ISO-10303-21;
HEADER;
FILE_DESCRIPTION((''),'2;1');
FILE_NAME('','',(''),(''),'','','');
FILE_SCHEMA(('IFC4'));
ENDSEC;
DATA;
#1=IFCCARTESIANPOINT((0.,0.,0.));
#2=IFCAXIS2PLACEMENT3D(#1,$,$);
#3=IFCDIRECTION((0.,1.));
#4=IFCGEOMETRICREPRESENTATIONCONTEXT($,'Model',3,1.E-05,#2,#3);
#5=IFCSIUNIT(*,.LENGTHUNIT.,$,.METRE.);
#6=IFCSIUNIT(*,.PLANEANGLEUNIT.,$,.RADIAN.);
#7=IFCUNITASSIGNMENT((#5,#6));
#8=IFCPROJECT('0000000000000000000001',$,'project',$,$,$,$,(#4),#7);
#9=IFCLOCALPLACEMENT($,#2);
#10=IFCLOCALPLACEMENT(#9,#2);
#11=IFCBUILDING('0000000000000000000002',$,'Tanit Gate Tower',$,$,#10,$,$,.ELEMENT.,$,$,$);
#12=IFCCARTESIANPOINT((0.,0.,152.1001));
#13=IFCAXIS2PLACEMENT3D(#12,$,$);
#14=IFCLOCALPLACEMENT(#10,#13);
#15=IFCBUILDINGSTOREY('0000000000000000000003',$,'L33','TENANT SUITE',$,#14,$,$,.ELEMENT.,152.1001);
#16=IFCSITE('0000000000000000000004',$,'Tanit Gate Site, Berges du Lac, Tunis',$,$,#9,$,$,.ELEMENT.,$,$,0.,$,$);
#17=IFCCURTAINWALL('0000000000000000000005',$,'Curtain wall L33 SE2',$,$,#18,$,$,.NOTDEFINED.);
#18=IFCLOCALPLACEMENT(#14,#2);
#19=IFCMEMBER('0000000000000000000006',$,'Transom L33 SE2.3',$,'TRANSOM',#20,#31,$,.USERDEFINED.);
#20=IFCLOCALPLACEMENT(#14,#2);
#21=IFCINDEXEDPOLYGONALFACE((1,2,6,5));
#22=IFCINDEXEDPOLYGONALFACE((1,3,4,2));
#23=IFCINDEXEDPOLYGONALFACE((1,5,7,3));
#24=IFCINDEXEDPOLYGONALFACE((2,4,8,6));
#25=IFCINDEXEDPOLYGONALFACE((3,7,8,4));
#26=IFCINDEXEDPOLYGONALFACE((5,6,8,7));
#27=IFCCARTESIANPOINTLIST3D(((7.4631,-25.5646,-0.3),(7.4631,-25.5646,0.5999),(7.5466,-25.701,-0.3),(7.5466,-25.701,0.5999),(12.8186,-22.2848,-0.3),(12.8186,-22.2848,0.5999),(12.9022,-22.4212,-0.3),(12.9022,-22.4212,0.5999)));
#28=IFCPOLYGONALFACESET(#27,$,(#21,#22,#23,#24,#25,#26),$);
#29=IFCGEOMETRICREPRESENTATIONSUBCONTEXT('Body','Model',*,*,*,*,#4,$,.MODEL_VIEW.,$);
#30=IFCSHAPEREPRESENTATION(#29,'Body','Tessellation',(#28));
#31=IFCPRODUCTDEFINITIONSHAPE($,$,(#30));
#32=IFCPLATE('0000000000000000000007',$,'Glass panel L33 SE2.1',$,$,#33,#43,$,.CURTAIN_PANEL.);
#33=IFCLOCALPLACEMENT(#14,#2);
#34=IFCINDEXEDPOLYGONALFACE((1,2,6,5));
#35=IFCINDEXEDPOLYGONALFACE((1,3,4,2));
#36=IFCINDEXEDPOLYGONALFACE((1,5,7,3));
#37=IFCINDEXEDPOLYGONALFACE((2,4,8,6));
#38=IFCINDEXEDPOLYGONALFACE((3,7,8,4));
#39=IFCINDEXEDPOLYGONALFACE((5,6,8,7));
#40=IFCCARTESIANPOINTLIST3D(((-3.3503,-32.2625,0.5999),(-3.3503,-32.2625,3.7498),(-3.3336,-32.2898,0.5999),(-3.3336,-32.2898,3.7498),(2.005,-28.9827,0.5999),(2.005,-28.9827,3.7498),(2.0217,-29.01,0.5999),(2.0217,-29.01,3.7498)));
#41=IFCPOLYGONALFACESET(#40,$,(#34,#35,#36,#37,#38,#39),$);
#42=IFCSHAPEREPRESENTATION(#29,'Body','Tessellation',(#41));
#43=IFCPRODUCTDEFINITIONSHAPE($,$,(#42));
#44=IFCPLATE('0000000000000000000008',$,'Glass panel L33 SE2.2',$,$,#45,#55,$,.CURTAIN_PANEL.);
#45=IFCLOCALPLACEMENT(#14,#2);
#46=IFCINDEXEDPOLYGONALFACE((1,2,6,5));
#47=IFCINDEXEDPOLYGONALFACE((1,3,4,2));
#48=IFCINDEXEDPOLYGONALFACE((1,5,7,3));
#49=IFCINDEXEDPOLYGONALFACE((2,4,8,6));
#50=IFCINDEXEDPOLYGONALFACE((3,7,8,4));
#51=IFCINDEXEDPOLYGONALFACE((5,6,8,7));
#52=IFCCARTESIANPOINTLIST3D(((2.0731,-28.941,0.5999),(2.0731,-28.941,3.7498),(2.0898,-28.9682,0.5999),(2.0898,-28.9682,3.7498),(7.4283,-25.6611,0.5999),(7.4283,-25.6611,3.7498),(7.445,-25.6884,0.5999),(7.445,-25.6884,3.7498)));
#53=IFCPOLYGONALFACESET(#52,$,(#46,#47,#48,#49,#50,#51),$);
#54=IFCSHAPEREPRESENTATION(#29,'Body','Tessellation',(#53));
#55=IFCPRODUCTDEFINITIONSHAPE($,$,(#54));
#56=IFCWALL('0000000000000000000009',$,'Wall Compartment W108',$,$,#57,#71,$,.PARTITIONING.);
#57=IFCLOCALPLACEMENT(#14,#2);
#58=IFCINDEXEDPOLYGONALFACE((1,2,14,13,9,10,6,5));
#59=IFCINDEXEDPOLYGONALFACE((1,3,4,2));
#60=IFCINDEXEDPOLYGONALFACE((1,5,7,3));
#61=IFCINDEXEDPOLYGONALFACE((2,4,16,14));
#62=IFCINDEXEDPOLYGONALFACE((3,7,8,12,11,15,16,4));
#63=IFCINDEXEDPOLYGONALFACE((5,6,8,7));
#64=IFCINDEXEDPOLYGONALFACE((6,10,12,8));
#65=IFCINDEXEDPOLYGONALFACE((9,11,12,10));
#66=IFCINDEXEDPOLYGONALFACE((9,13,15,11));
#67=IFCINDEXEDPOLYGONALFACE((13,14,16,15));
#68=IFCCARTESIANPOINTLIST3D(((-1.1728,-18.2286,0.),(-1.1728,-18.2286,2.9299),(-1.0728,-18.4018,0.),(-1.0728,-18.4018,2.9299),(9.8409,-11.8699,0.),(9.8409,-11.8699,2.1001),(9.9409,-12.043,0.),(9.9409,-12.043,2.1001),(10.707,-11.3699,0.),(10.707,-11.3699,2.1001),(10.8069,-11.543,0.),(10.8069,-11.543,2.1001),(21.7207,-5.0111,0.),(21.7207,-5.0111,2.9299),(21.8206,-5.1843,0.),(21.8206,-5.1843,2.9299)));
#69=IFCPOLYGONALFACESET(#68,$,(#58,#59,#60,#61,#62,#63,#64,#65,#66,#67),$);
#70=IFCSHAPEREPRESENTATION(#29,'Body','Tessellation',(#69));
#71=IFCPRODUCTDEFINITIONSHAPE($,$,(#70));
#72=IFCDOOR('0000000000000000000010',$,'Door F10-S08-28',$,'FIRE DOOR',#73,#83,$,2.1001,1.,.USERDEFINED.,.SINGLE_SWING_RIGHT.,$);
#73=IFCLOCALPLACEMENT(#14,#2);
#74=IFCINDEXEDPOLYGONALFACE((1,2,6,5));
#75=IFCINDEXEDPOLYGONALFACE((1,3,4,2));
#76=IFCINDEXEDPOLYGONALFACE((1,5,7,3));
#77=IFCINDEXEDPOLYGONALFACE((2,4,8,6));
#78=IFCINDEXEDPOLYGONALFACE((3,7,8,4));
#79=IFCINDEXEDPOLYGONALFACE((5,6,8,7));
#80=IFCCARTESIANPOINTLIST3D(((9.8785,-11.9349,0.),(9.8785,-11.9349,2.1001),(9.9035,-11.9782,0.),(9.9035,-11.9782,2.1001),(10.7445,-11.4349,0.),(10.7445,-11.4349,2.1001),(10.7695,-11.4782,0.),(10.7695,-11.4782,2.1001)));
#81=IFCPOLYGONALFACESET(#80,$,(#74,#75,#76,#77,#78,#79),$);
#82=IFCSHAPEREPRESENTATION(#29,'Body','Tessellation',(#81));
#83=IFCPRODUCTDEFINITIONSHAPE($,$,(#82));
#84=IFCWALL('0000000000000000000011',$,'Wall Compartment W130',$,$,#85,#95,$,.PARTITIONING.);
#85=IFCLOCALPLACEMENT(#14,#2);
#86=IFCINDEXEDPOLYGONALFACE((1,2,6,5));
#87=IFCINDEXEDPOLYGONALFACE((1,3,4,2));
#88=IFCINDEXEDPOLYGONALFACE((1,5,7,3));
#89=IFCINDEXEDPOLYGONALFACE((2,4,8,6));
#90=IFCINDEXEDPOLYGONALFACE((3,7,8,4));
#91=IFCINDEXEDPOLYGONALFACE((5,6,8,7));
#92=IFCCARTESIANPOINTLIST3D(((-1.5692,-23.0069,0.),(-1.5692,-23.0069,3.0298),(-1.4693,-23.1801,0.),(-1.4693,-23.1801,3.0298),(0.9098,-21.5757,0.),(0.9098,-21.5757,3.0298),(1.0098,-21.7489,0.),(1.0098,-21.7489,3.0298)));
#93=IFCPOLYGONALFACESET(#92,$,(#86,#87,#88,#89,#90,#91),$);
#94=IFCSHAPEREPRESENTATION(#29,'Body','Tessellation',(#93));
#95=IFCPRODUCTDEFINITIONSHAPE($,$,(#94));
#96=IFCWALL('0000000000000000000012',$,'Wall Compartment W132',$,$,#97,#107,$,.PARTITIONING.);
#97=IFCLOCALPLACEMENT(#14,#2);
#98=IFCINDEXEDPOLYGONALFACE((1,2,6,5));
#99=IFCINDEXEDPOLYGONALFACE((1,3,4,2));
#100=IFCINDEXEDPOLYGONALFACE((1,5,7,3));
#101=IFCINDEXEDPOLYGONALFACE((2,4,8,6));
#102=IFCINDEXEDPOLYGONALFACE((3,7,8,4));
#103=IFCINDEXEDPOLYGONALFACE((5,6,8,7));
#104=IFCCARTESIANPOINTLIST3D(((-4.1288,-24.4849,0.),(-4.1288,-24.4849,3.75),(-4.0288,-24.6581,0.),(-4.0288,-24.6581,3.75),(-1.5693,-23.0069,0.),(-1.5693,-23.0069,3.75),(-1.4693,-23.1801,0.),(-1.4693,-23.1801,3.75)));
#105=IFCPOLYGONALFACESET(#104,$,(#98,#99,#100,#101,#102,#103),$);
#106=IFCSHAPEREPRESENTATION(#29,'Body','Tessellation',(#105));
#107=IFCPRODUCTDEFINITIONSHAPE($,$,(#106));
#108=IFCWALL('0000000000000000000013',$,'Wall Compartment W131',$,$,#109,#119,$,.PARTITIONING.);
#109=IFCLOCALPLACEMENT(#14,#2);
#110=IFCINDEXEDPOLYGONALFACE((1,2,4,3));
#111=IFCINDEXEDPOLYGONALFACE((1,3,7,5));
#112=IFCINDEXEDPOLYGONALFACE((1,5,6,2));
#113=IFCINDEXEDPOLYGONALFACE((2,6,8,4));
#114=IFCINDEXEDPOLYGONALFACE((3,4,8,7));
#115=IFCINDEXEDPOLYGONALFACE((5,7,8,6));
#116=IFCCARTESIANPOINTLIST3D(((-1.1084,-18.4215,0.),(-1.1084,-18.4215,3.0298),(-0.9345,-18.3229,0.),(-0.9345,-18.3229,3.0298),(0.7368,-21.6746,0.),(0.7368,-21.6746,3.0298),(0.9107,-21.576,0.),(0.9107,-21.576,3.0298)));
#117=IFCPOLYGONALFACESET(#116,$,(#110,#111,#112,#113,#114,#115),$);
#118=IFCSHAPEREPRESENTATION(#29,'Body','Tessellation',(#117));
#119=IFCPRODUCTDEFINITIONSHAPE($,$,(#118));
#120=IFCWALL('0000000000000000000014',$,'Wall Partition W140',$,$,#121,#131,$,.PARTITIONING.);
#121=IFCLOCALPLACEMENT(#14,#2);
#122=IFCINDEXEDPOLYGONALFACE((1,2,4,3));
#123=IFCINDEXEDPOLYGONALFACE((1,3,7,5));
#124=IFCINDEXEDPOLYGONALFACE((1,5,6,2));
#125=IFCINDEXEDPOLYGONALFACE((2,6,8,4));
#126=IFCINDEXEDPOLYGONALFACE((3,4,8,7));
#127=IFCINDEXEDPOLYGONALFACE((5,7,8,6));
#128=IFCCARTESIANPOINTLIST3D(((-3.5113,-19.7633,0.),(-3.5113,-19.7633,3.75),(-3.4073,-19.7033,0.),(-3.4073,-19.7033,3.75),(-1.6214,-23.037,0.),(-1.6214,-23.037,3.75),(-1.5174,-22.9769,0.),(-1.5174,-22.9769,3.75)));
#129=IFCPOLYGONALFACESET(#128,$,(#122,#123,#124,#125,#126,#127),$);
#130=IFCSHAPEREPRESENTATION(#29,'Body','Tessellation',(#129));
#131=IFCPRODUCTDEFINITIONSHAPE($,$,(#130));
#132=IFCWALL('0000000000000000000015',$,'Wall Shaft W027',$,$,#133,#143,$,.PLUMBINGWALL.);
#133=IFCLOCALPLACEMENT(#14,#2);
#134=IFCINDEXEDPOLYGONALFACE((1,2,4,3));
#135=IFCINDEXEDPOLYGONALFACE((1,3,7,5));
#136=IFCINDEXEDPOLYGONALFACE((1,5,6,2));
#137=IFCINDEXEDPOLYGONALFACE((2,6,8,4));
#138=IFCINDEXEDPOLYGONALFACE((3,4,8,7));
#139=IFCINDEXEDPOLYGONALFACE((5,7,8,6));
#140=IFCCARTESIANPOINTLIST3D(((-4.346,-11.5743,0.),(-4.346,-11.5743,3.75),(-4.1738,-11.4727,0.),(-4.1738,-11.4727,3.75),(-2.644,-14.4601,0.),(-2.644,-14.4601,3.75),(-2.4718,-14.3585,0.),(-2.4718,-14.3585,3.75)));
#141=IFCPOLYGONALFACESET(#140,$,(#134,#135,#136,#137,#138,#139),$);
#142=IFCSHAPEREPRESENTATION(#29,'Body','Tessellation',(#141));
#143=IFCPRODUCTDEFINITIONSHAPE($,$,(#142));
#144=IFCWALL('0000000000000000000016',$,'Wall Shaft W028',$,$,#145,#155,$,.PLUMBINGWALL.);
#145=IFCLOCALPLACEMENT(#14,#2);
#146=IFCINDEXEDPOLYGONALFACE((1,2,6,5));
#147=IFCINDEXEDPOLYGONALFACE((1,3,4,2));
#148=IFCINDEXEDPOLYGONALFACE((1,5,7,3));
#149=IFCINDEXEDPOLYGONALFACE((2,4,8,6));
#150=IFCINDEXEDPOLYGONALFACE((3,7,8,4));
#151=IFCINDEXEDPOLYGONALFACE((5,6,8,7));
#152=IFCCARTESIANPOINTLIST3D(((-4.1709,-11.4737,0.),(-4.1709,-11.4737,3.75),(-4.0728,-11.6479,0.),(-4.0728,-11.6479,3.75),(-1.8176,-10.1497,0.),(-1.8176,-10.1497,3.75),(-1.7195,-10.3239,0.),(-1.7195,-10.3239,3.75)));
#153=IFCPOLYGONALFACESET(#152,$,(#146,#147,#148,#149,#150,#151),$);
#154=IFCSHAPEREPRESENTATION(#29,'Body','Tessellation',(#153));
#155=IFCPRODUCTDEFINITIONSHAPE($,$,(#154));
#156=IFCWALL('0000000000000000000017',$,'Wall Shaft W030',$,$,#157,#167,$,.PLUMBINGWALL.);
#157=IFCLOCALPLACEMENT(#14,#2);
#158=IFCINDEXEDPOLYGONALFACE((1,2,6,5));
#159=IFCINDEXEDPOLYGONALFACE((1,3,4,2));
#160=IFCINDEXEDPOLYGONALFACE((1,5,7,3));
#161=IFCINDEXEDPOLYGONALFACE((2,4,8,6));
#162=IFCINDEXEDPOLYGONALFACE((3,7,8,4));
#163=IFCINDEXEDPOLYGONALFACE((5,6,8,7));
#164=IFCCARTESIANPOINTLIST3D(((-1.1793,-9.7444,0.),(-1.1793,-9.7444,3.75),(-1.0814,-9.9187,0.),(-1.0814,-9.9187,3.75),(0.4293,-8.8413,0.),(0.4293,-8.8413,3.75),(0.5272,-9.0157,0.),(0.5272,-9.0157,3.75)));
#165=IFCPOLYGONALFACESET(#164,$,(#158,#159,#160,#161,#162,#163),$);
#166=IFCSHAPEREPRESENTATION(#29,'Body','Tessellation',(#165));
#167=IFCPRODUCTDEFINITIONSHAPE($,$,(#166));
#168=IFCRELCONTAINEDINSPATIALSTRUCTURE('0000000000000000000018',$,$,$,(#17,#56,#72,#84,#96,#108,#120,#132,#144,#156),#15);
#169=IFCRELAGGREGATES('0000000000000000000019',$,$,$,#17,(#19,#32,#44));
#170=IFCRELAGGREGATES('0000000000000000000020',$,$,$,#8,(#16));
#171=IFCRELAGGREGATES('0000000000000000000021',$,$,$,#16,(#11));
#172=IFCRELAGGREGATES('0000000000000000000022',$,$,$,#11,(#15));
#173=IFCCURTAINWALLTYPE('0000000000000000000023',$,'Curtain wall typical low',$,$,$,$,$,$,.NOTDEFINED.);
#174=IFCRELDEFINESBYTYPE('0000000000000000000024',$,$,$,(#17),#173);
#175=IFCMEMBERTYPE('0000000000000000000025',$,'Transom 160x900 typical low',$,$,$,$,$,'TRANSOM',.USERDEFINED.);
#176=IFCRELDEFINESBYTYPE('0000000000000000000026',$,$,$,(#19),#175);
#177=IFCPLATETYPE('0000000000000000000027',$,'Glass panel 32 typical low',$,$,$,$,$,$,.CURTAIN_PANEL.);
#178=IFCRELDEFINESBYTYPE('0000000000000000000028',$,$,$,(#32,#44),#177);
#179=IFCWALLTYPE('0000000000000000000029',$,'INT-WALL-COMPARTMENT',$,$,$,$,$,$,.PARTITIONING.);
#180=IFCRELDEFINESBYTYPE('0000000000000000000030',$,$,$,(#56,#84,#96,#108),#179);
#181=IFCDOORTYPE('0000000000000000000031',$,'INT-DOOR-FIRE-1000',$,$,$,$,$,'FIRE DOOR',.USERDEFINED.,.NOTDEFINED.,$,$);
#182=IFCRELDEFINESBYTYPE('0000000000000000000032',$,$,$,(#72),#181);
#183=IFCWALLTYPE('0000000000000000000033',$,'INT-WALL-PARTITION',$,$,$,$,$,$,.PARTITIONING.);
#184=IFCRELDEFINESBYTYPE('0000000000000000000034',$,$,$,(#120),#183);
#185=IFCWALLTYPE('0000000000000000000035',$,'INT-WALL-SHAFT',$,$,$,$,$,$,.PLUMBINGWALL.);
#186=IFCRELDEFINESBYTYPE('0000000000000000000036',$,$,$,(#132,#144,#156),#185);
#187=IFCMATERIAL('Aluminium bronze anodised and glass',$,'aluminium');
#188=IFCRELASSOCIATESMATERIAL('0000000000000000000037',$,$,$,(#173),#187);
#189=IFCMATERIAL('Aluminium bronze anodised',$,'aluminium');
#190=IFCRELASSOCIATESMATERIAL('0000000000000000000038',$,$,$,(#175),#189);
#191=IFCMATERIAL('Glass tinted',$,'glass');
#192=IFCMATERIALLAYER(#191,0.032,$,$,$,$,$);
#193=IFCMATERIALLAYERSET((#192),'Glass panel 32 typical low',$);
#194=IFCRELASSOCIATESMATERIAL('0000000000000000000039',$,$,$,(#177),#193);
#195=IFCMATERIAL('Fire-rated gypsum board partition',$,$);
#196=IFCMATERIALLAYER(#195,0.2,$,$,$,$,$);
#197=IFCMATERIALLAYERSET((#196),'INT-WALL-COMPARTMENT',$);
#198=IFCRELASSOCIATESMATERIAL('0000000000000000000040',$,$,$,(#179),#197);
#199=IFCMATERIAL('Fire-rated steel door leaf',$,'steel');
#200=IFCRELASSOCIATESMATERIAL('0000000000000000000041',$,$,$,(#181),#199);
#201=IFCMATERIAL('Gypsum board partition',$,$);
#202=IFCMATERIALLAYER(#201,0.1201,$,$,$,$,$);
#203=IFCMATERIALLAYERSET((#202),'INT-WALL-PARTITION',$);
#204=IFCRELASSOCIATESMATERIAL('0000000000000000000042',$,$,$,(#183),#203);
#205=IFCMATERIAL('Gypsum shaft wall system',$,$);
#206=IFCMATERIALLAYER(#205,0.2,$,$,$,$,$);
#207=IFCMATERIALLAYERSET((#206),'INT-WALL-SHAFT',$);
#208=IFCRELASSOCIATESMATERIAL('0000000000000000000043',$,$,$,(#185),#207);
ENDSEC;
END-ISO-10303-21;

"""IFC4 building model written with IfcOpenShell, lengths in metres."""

from ifc_helpers import new_model, si_unit, direction, frame, frame_2d, origin, origin_2d, place, context, subcontext, project, spatial, rectangle, extrude, material, layer, layer_set, material_profile, profile_set, type_object, element, fill, aggregate, save


model = new_model("IFC4")

# Units and contexts
model_context = context("Model", 3, precision=1e-05, world=origin(), true_north=direction((0.0, 1.0)))
body_context = subcontext(model_context, "Body", "Model", "MODEL_VIEW")
ifc_project = project(units=[si_unit("LENGTHUNIT", "METRE"), si_unit("PLANEANGLEUNIT", "RADIAN")], contexts=[model_context])

# Site, building, storey
site_placement = place(None, origin())
site = spatial("IfcSite", under=ifc_project, at=site_placement, Name="Tanit Gate Site, Berges du Lac, Tunis", CompositionType="ELEMENT", RefElevation=0.0)
building_placement = place(site_placement, origin())
building = spatial("IfcBuilding", under=site, at=building_placement, Name="Tanit Gate Tower", CompositionType="ELEMENT")
storey_placement = place(building_placement, frame((0.0, 0.0, 152.1001)))
storey = spatial("IfcBuildingStorey", under=building, at=storey_placement, Name="L33", Description="TENANT SUITE", CompositionType="ELEMENT", Elevation=152.1001)

# Curtain wall
ifc_material_1 = material(Name="Aluminium bronze anodised and glass", Category="aluminium")
curtain_wall_type = type_object("IfcCurtainWallType", Name="Curtain wall typical low", PredefinedType="NOTDEFINED", material=ifc_material_1)
curtain_wall_placement = place(storey_placement, origin())
curtain_wall = element("IfcCurtainWall", 1, at=curtain_wall_placement, inside=storey, type_object=curtain_wall_type, Name="Curtain wall L33 SE2", PredefinedType="NOTDEFINED")

# Member
ifc_material_2 = material(Name="Aluminium bronze anodised", Category="aluminium")
ifc_material_profile_1 = material_profile(ifc_material_2, rectangle(XDim=0.1599, YDim=0.8999, at=origin_2d()), Name="160x900 bronze transom")
ifc_profile_set_1 = profile_set([ifc_material_profile_1], Name="Aluminium bronze anodised")
member_type_1 = type_object("IfcMemberType", Name="Transom 160x900 typical low", ElementType="TRANSOM", PredefinedType="USERDEFINED", material=ifc_profile_set_1)
member_1_placement = place(storey_placement, frame((7.5049, -25.6328, 0.1499), z_axis=(0.852786, 0.522261, 0.0), x_axis=(-0.522261, 0.852786, 0.0)))
member_1 = element("IfcMember", 2, at=member_1_placement, type_object=member_type_1, Name="Transom L33 SE2.3", ObjectType="TRANSOM", PredefinedType="USERDEFINED", context=body_context, shape_type="SweptSolid", body=[
    extrude(rectangle(XDim=0.1599, YDim=0.8999, at=origin_2d()), origin(), (0.0, 0.0, 1.0), 6.28),
])

# Plates
ifc_material_3 = material(Name="Glass tinted", Category="glass")
ifc_layer_1 = layer(ifc_material_3, 0.032)
ifc_layer_set_1 = layer_set([ifc_layer_1], Name="Glass panel 32 typical low")
plate_type = type_object("IfcPlateType", Name="Glass panel 32 typical low", PredefinedType="CURTAIN_PANEL", material=ifc_layer_set_1)
plate_1_placement = place(storey_placement, frame((-0.6643, -30.6362, 0.5999), z_axis=(0.0, 0.0, 1.0), x_axis=(0.852772, 0.522283, 0.0)))
plate_1 = element("IfcPlate", 3, at=plate_1_placement, type_object=plate_type, Name="Glass panel L33 SE2.1", PredefinedType="CURTAIN_PANEL", context=body_context, shape_type="SweptSolid", body=[
    extrude(rectangle(XDim=6.2798, YDim=0.032, at=origin_2d()), origin(), (0.0, 0.0, 1.0), 3.1499),
])
plate_2_placement = place(storey_placement, frame((4.759, -27.3147, 0.5999), z_axis=(0.0, 0.0, 1.0), x_axis=(0.852772, 0.522283, 0.0)))
plate_2 = element("IfcPlate", 4, at=plate_2_placement, type_object=plate_type, Name="Glass panel L33 SE2.2", PredefinedType="CURTAIN_PANEL", context=body_context, shape_type="SweptSolid", body=[
    extrude(rectangle(XDim=6.2798, YDim=0.032, at=origin_2d()), origin(), (0.0, 0.0, 1.0), 3.1499),
])
aggregate(curtain_wall, [member_1, plate_1, plate_2])

# Wall, opening, door
ifc_material_4 = material(Name="Fire-rated gypsum board partition")
ifc_layer_2 = layer(ifc_material_4, 0.2)
ifc_layer_set_2 = layer_set([ifc_layer_2], Name="INT-WALL-COMPARTMENT")
wall_type_1 = type_object("IfcWallType", Name="INT-WALL-COMPARTMENT", PredefinedType="PARTITIONING", material=ifc_layer_set_2)
wall_1_placement = place(storey_placement, frame((-1.1228, -18.3152, 0.0), z_axis=(0.0, 0.0, 1.0), x_axis=(0.866027, 0.499998, 0.0)))
wall_1 = element("IfcWall", 5, at=wall_1_placement, inside=storey, type_object=wall_type_1, Name="Wall Compartment W108", PredefinedType="PARTITIONING", context=body_context, shape_type="SweptSolid", body=[
    extrude(rectangle(XDim=26.4351, YDim=0.2, at=frame_2d((13.2175, 0.0))), origin(), (0.0, 0.0, 1.0), 2.9299),
])
opening_placement = place(wall_1_placement, frame((12.7175, 0.0, 0.0)))
opening = element("IfcOpeningElement", 6, at=opening_placement, cuts=wall_1, PredefinedType="OPENING", context=body_context, shape_type="SweptSolid", body=[
    extrude(rectangle(XDim=1.0, YDim=2.1001, at=frame_2d((0.5, 1.05))), frame((0.0, 0.1099, 0.0), z_axis=(0.0, -1.0, 0.0), x_axis=(1.0, 0.0, 0.0)), (0.0, 0.0, 1.0), 0.22),
])
ifc_material_5 = material(Name="Fire-rated steel door leaf", Category="steel")
door_type = type_object("IfcDoorType", Name="INT-DOOR-FIRE-1000", ElementType="FIRE DOOR", OperationType="NOTDEFINED", PredefinedType="USERDEFINED", material=ifc_material_5)
door_placement = place(opening_placement, origin())
door = element("IfcDoor", 7, at=door_placement, inside=storey, type_object=door_type, Name="Door F10-S08-28", ObjectType="FIRE DOOR", OperationType="SINGLE_SWING_RIGHT", OverallHeight=2.1001, OverallWidth=1.0, PredefinedType="USERDEFINED", context=body_context, shape_type="SweptSolid", body=[
    extrude(rectangle(XDim=1.0, YDim=2.1001, at=frame_2d((0.5, 1.05))), frame((0.0, 0.0249, 0.0), z_axis=(0.0, -1.0, 0.0), x_axis=(1.0, 0.0, 0.0)), (0.0, 0.0, 1.0), 0.05),
])
fill(opening, door)

# Walls
wall_2_placement = place(storey_placement, frame((0.9597, -21.6624, 0.0), z_axis=(0.0, 0.0, 1.0), x_axis=(-0.866041, -0.499973, 0.0)))
element("IfcWall", 8, at=wall_2_placement, inside=storey, type_object=wall_type_1, Name="Wall Compartment W130", PredefinedType="PARTITIONING", context=body_context, shape_type="SweptSolid", body=[
    extrude(rectangle(XDim=2.8625, YDim=0.2, at=frame_2d((1.4312, 0.0))), origin(), (0.0, 0.0, 1.0), 3.0298),
])
wall_3_placement = place(storey_placement, frame((-1.5193, -23.0935, 0.0), z_axis=(0.0, 0.0, 1.0), x_axis=(-0.865987, -0.500066, 0.0)))
element("IfcWall", 9, at=wall_3_placement, inside=storey, type_object=wall_type_1, Name="Wall Compartment W132", PredefinedType="PARTITIONING", context=body_context, shape_type="SweptSolid", body=[
    extrude(rectangle(XDim=2.9556, YDim=0.2, at=frame_2d((1.4778, 0.0))), origin(), (0.0, 0.0, 1.0), 3.75),
])
wall_4_placement = place(storey_placement, frame((-1.0215, -18.3721, 0.0), z_axis=(0.0, 0.0, 1.0), x_axis=(0.493367, -0.869821, 0.0)))
element("IfcWall", 10, at=wall_4_placement, inside=storey, type_object=wall_type_1, Name="Wall Compartment W131", PredefinedType="PARTITIONING", context=body_context, shape_type="SweptSolid", body=[
    extrude(rectangle(XDim=3.74, YDim=0.2, at=frame_2d((1.8701, 0.0))), origin(), (0.0, 0.0, 1.0), 3.0298),
])
ifc_material_6 = material(Name="Gypsum board partition")
ifc_layer_3 = layer(ifc_material_6, 0.1201)
ifc_layer_set_3 = layer_set([ifc_layer_3], Name="INT-WALL-PARTITION")
wall_type_2 = type_object("IfcWallType", Name="INT-WALL-PARTITION", PredefinedType="PARTITIONING", material=ifc_layer_set_3)
wall_5_placement = place(storey_placement, frame((-1.5693, -23.0071, 0.0), z_axis=(0.0, 0.0, 1.0), x_axis=(-0.499967, 0.866045, 0.0)))
element("IfcWall", 11, at=wall_5_placement, inside=storey, type_object=wall_type_2, Name="Wall Partition W140", PredefinedType="PARTITIONING", context=body_context, shape_type="SweptSolid", body=[
    extrude(rectangle(XDim=3.78, YDim=0.1201, at=frame_2d((1.8901, 0.0))), origin(), (0.0, 0.0, 1.0), 3.75),
])
ifc_material_7 = material(Name="Gypsum shaft wall system")
ifc_layer_4 = layer(ifc_material_7, 0.2)
ifc_layer_set_4 = layer_set([ifc_layer_4], Name="INT-WALL-SHAFT")
wall_type_3 = type_object("IfcWallType", Name="INT-WALL-SHAFT", PredefinedType="PLUMBINGWALL", material=ifc_layer_set_4)
wall_6_placement = place(storey_placement, frame((-2.5579, -14.4094, 0.0), z_axis=(0.0, 0.0, 1.0), x_axis=(-0.507997, 0.861359, 0.0)))
element("IfcWall", 12, at=wall_6_placement, inside=storey, type_object=wall_type_3, Name="Wall Shaft W027", PredefinedType="PLUMBINGWALL", context=body_context, shape_type="SweptSolid", body=[
    extrude(rectangle(XDim=3.3503, YDim=0.2, at=frame_2d((1.6753, 0.0))), origin(), (0.0, 0.0, 1.0), 3.75),
])
wall_7_placement = place(storey_placement, frame((-1.7686, -10.2368, 0.0), z_axis=(0.0, 0.0, 1.0), x_axis=(-0.871534, -0.490334, 0.0)))
element("IfcWall", 13, at=wall_7_placement, inside=storey, type_object=wall_type_3, Name="Wall Shaft W028", PredefinedType="PLUMBINGWALL", context=body_context, shape_type="SweptSolid", body=[
    extrude(rectangle(XDim=2.7002, YDim=0.2, at=frame_2d((1.3501, 0.0))), origin(), (0.0, 0.0, 1.0), 3.75),
])
wall_8_placement = place(storey_placement, frame((-1.1304, -9.8315, 0.0), z_axis=(0.0, 0.0, 1.0), x_axis=(0.871989, 0.489526, 0.0)))
element("IfcWall", 14, at=wall_8_placement, inside=storey, type_object=wall_type_3, Name="Wall Shaft W030", PredefinedType="PLUMBINGWALL", context=body_context, shape_type="SweptSolid", body=[
    extrude(rectangle(XDim=1.8447, YDim=0.2, at=frame_2d((0.9224, 0.0))), origin(), (0.0, 0.0, 1.0), 3.75),
])

save(model, "model.ifc")
